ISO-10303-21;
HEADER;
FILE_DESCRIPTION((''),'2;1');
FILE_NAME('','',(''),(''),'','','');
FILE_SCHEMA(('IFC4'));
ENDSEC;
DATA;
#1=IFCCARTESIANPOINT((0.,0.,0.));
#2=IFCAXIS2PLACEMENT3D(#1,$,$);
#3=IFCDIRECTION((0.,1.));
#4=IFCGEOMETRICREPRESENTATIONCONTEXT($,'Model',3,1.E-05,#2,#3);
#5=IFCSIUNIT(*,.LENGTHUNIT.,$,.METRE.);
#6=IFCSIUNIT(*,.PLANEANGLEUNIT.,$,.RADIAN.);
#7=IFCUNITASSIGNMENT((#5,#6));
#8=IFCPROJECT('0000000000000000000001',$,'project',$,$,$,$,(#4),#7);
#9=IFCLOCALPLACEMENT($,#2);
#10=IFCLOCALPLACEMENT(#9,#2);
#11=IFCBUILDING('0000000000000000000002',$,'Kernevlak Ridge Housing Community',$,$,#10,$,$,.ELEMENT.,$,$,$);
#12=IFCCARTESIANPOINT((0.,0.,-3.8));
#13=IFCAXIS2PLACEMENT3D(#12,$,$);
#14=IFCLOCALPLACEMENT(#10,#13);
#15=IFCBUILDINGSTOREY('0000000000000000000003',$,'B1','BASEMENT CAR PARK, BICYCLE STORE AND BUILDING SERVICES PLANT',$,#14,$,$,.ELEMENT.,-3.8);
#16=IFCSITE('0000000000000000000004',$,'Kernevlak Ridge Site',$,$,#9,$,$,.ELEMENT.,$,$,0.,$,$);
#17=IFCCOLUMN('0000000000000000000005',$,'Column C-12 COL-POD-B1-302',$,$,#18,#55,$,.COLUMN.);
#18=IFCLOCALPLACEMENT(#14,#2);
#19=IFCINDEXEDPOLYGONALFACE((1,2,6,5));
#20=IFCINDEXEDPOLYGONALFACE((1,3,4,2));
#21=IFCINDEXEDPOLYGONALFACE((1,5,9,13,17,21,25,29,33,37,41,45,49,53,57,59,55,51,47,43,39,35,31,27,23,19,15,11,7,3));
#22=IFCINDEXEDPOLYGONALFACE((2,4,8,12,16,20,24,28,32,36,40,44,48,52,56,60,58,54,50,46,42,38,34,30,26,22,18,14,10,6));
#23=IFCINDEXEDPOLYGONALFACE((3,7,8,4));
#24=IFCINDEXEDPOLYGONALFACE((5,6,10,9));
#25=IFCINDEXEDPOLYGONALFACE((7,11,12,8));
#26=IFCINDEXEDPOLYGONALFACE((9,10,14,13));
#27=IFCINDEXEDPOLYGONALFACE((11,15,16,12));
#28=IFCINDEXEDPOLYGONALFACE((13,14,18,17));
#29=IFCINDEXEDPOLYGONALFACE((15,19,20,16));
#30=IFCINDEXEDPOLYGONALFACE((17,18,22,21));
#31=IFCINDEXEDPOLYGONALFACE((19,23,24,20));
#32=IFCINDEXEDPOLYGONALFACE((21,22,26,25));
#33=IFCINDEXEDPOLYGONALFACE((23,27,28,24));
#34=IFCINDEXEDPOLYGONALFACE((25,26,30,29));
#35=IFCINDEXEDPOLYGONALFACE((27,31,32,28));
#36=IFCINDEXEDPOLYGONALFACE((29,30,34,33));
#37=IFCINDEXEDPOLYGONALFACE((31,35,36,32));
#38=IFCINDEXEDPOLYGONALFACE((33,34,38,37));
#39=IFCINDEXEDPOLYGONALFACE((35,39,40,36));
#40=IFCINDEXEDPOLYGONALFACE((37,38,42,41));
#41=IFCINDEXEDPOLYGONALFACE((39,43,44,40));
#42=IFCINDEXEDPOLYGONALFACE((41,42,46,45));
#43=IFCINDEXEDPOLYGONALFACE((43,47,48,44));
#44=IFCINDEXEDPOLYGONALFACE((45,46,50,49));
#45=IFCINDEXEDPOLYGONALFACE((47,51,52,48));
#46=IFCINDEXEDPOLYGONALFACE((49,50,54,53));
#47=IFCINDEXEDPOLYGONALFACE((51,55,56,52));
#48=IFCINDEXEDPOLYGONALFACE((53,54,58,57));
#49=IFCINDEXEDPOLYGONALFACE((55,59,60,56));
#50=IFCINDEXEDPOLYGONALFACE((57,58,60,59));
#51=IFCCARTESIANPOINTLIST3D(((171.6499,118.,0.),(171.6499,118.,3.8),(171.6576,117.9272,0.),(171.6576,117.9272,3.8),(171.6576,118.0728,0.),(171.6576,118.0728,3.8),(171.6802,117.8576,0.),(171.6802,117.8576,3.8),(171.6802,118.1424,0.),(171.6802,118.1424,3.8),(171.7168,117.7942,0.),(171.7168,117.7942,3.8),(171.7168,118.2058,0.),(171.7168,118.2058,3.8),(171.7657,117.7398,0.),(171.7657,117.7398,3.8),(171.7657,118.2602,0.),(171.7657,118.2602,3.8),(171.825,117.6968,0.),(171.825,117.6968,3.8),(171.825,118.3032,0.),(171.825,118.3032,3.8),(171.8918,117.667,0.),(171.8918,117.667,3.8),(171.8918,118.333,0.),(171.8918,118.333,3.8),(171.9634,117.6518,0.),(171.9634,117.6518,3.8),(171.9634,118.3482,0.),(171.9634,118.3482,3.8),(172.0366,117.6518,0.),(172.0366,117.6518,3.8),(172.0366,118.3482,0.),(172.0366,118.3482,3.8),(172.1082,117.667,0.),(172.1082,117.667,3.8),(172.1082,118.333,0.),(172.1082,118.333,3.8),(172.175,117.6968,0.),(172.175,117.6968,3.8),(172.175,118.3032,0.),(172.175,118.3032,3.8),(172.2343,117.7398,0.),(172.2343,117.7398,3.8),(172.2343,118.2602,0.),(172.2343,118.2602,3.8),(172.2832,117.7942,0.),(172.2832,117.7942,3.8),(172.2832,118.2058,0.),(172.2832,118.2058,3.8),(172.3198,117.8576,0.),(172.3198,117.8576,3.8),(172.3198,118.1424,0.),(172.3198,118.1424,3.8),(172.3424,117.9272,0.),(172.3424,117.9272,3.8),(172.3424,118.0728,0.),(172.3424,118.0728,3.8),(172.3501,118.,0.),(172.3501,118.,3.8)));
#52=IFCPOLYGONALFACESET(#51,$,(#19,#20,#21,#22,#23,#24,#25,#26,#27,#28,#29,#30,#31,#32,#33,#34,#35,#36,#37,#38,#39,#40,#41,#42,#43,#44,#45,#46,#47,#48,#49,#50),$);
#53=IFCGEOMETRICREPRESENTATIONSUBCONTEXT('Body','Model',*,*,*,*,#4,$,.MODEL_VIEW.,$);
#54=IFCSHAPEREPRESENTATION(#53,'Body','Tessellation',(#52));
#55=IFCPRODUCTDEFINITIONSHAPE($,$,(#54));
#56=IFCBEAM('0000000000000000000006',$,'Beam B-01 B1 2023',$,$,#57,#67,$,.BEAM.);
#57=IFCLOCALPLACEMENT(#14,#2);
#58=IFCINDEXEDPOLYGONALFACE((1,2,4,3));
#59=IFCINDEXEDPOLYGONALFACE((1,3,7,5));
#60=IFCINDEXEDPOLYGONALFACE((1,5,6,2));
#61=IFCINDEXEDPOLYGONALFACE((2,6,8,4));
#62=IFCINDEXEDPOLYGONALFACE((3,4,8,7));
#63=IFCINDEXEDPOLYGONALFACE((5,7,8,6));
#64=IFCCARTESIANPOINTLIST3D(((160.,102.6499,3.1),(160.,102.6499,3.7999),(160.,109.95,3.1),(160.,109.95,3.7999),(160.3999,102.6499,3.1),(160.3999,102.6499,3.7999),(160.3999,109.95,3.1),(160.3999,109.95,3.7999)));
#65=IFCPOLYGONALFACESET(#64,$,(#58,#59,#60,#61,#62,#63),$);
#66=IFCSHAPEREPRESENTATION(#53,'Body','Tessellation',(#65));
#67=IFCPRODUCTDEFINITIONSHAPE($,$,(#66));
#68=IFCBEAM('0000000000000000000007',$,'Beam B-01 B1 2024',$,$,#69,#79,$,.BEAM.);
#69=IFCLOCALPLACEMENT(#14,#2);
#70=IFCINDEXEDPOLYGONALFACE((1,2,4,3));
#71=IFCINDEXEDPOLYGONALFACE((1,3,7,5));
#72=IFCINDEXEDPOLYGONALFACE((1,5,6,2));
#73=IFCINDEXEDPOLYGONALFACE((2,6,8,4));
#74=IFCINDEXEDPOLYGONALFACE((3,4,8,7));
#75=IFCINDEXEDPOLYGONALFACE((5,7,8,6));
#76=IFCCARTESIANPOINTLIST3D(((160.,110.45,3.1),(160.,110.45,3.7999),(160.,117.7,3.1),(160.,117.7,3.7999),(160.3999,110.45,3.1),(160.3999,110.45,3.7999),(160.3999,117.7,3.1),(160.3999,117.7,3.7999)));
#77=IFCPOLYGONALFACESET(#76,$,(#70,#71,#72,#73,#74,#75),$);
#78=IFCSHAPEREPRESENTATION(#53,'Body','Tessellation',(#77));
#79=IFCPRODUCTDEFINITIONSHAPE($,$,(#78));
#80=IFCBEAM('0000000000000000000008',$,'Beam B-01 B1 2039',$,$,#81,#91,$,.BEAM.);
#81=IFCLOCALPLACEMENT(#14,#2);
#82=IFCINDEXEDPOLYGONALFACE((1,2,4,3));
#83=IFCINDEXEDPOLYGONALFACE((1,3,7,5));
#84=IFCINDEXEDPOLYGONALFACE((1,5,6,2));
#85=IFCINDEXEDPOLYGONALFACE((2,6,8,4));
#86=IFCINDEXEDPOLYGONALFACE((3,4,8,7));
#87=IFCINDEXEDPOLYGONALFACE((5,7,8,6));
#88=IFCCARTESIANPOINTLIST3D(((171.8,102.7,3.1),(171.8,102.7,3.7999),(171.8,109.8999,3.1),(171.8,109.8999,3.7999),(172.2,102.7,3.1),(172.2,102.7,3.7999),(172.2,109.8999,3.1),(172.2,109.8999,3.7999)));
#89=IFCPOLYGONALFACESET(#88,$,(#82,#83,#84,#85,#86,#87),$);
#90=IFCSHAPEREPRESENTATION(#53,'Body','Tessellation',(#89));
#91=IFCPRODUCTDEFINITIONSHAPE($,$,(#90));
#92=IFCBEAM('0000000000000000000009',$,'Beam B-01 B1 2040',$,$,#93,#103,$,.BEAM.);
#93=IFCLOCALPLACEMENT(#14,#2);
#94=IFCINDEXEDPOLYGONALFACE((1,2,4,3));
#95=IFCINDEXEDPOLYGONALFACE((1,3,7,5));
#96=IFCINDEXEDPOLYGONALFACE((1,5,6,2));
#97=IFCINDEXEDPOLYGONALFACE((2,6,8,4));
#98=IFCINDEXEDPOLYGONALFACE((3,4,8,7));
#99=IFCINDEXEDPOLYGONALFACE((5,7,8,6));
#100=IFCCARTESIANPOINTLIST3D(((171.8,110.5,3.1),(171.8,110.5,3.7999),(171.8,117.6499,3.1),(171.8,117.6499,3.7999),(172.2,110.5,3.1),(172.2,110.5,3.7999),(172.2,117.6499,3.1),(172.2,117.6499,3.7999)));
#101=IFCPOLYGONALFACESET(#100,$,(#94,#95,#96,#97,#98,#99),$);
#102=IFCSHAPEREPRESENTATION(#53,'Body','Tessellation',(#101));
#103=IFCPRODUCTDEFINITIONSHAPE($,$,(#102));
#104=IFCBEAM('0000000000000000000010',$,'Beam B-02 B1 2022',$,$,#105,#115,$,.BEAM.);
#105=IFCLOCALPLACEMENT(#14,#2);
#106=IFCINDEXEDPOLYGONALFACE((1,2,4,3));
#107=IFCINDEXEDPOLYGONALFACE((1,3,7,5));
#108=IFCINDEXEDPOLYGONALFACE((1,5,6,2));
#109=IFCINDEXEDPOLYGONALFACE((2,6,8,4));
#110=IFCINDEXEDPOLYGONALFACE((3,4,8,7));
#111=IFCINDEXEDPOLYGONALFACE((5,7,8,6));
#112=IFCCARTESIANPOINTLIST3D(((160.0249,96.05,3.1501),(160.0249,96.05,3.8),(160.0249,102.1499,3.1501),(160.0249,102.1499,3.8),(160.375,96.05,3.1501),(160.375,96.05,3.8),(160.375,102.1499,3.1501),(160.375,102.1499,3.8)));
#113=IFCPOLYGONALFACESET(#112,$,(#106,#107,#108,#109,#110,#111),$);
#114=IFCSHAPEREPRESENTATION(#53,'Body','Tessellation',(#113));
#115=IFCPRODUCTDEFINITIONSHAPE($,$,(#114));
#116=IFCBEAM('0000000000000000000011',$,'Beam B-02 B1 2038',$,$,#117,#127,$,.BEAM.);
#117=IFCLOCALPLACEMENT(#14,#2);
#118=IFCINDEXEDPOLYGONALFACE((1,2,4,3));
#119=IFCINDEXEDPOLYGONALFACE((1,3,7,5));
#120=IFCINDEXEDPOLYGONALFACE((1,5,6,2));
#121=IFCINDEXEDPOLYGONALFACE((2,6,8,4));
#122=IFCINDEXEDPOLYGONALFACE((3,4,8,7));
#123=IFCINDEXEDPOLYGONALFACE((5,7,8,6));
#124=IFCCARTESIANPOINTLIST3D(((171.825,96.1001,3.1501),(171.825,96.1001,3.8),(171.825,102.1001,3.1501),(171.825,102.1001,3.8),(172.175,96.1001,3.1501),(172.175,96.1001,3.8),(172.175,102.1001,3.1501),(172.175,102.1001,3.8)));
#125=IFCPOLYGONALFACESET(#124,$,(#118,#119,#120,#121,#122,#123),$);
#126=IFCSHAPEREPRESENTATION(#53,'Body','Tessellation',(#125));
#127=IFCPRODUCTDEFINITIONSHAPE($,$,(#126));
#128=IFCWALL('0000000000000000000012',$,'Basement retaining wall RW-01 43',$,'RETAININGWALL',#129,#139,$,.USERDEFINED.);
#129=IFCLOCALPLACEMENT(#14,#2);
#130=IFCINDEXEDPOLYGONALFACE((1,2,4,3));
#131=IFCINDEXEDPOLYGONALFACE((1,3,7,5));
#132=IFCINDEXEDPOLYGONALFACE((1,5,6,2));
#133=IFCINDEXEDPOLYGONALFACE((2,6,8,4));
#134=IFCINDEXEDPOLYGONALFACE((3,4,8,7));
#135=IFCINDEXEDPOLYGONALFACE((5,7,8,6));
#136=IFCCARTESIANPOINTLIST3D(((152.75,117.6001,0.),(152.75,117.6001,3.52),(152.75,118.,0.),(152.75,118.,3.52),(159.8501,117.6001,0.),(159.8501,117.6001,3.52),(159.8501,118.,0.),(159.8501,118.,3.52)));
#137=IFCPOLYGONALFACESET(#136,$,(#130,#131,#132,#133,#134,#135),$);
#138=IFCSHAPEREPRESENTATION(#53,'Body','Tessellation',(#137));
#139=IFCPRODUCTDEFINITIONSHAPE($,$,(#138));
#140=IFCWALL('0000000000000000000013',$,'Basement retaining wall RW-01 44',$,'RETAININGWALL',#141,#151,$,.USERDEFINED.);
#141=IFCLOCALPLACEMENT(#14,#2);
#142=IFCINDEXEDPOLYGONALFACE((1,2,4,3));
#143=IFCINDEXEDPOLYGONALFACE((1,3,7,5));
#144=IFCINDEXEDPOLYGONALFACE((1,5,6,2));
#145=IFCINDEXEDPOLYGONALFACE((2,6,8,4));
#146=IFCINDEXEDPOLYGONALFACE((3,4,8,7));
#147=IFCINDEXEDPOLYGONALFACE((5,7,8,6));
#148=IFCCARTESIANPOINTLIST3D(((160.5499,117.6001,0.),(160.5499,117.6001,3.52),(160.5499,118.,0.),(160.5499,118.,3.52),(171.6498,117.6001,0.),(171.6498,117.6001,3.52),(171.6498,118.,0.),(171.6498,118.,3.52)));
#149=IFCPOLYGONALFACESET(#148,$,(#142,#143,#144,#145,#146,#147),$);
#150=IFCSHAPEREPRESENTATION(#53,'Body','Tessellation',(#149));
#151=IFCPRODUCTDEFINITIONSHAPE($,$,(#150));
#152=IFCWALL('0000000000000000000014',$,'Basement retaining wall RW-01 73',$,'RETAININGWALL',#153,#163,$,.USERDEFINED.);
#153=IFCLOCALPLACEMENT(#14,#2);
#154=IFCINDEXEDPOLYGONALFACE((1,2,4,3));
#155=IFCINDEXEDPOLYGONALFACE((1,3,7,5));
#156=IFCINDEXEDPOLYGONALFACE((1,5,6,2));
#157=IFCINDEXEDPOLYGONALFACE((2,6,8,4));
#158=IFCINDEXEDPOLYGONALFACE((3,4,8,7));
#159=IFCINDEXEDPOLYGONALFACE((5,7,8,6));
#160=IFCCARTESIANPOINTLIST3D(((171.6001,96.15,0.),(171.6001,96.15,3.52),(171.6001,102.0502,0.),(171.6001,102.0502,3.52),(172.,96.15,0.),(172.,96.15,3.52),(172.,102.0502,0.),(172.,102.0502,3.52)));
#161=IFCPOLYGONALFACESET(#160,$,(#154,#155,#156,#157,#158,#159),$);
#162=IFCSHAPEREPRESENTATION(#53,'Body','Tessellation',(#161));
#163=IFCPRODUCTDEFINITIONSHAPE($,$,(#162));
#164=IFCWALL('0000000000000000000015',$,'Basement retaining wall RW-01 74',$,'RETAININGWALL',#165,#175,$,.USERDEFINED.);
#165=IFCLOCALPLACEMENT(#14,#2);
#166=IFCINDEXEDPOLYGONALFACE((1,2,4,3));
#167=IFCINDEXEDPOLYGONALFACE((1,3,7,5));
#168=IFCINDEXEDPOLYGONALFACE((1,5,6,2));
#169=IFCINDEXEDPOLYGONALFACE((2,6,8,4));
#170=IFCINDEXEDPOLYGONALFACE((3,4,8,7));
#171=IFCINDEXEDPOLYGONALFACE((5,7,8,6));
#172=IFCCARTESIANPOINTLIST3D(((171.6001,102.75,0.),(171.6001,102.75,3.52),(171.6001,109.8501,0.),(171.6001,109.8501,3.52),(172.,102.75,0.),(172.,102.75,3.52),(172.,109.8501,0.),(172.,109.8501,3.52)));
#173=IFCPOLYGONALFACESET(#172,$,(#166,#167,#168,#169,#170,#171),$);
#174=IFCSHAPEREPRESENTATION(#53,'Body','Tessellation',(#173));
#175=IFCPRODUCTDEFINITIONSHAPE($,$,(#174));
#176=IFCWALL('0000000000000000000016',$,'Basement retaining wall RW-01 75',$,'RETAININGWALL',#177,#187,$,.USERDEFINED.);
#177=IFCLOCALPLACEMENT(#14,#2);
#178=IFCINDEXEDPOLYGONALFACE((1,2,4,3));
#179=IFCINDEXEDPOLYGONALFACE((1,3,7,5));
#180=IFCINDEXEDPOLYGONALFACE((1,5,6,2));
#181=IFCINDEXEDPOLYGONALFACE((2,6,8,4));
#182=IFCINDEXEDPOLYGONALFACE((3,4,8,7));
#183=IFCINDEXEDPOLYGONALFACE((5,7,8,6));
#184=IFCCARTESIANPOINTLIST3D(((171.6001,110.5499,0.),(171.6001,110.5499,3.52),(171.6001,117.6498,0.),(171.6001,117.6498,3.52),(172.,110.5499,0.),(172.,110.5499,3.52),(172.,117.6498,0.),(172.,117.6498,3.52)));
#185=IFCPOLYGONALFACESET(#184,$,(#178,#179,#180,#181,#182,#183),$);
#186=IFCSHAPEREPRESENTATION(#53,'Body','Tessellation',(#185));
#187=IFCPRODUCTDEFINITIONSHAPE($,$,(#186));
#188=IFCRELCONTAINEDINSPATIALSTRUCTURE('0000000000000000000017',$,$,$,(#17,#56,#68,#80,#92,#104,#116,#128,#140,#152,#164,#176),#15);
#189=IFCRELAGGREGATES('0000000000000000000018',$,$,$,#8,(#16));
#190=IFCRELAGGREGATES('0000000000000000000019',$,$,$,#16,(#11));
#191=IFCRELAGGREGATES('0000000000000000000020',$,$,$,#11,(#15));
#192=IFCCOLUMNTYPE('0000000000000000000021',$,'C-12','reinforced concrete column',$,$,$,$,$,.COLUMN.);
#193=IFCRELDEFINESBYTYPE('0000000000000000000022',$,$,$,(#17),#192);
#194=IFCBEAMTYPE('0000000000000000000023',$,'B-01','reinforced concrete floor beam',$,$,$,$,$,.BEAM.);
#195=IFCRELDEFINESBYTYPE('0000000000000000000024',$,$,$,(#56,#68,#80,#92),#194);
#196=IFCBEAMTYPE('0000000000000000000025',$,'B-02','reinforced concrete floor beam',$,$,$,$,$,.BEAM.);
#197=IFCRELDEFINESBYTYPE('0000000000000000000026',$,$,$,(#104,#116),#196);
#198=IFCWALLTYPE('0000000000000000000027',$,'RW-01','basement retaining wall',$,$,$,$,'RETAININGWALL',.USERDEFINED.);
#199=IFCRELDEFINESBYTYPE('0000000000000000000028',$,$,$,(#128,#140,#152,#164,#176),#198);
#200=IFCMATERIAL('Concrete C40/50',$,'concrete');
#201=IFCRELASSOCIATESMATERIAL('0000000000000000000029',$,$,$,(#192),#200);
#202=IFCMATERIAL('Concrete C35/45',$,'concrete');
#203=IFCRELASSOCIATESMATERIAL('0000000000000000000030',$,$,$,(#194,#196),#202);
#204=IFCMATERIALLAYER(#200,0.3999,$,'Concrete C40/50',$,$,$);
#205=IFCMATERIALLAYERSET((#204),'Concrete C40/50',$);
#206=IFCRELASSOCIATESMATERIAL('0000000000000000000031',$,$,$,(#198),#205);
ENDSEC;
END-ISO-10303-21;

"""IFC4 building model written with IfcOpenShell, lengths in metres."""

from ifc_helpers import new_model, si_unit, direction, frame, frame_2d, origin, origin_2d, place, context, subcontext, project, spatial, rectangle, circle, extrude, material, layer, layer_set, material_profile, profile_set, type_object, element, save


model = new_model("IFC4")

# Units and contexts
model_context = context("Model", 3, precision=1e-05, world=origin(), true_north=direction((0.0, 1.0)))
body_context = subcontext(model_context, "Body", "Model", "MODEL_VIEW")
ifc_project = project(units=[si_unit("LENGTHUNIT", "METRE"), si_unit("PLANEANGLEUNIT", "RADIAN")], contexts=[model_context])

# Site, building, storey
site_placement = place(None, origin())
site = spatial("IfcSite", under=ifc_project, at=site_placement, Name="Kernevlak Ridge Site", CompositionType="ELEMENT", RefElevation=0.0)
building_placement = place(site_placement, origin())
building = spatial("IfcBuilding", under=site, at=building_placement, Name="Kernevlak Ridge Housing Community", CompositionType="ELEMENT")
storey_placement = place(building_placement, frame((0.0, 0.0, -3.8)))
storey = spatial("IfcBuildingStorey", under=building, at=storey_placement, Name="B1", Description="BASEMENT CAR PARK, BICYCLE STORE AND BUILDING SERVICES PLANT", CompositionType="ELEMENT", Elevation=-3.8)

# Shared definitions
ifc_material_1 = material(Name="Concrete C35/45", Category="concrete")

# Column
ifc_material_2 = material(Name="Concrete C40/50", Category="concrete")
ifc_material_profile_1 = material_profile(ifc_material_2, circle(Radius=0.3501, at=origin_2d()), Name="RC D700")
ifc_profile_set_1 = profile_set([ifc_material_profile_1], Name="Concrete C40/50")
column_type_1 = type_object("IfcColumnType", Name="C-12", Description="reinforced concrete column", PredefinedType="COLUMN", material=ifc_profile_set_1)
column_placement = place(storey_placement, frame((172.0, 118.0, 0.0), z_axis=(0.0, 0.0, 1.0), x_axis=(1.0, 0.0, 0.0)))
element("IfcColumn", 1, at=column_placement, inside=storey, type_object=column_type_1, Name="Column C-12 COL-POD-B1-302", PredefinedType="COLUMN", context=body_context, shape_type="SweptSolid", body=[
    extrude(circle(Radius=0.3501, at=origin_2d()), origin(), (0.0, 0.0, 1.0), 3.8),
])

# Beams
ifc_material_profile_2 = material_profile(ifc_material_1, rectangle(XDim=0.3999, YDim=0.7, at=origin_2d()), Name="RC 400x700")
ifc_profile_set_2 = profile_set([ifc_material_profile_2], Name="Concrete C35/45")
beam_type_1 = type_object("IfcBeamType", Name="B-01", Description="reinforced concrete floor beam", PredefinedType="BEAM", material=ifc_profile_set_2)
beam_1_placement = place(storey_placement, frame((160.2, 102.6499, 3.45), z_axis=(0.0, 1.0, 0.0), x_axis=(-1.0, 0.0, 0.0)))
element("IfcBeam", 2, at=beam_1_placement, inside=storey, type_object=beam_type_1, Name="Beam B-01 B1 2023", PredefinedType="BEAM", context=body_context, shape_type="SweptSolid", body=[
    extrude(rectangle(XDim=0.3999, YDim=0.7, at=origin_2d()), origin(), (0.0, 0.0, 1.0), 7.3),
])
beam_2_placement = place(storey_placement, frame((160.2, 110.45, 3.45), z_axis=(0.0, 1.0, 0.0), x_axis=(-1.0, 0.0, 0.0)))
element("IfcBeam", 3, at=beam_2_placement, inside=storey, type_object=beam_type_1, Name="Beam B-01 B1 2024", PredefinedType="BEAM", context=body_context, shape_type="SweptSolid", body=[
    extrude(rectangle(XDim=0.3999, YDim=0.7, at=origin_2d()), origin(), (0.0, 0.0, 1.0), 7.25),
])
beam_3_placement = place(storey_placement, frame((172.0, 102.7, 3.45), z_axis=(0.0, 1.0, 0.0), x_axis=(-1.0, 0.0, 0.0)))
element("IfcBeam", 4, at=beam_3_placement, inside=storey, type_object=beam_type_1, Name="Beam B-01 B1 2039", PredefinedType="BEAM", context=body_context, shape_type="SweptSolid", body=[
    extrude(rectangle(XDim=0.3999, YDim=0.7, at=origin_2d()), origin(), (0.0, 0.0, 1.0), 7.2),
])
beam_4_placement = place(storey_placement, frame((172.0, 110.5, 3.45), z_axis=(0.0, 1.0, 0.0), x_axis=(-1.0, 0.0, 0.0)))
element("IfcBeam", 5, at=beam_4_placement, inside=storey, type_object=beam_type_1, Name="Beam B-01 B1 2040", PredefinedType="BEAM", context=body_context, shape_type="SweptSolid", body=[
    extrude(rectangle(XDim=0.3999, YDim=0.7, at=origin_2d()), origin(), (0.0, 0.0, 1.0), 7.1499),
])
ifc_material_profile_3 = material_profile(ifc_material_1, rectangle(XDim=0.3501, YDim=0.6499, at=origin_2d()), Name="RC 350x650")
ifc_profile_set_3 = profile_set([ifc_material_profile_3], Name="Concrete C35/45")
beam_type_2 = type_object("IfcBeamType", Name="B-02", Description="reinforced concrete floor beam", PredefinedType="BEAM", material=ifc_profile_set_3)
beam_5_placement = place(storey_placement, frame((160.2, 96.05, 3.4751), z_axis=(0.0, 1.0, 0.0), x_axis=(-1.0, 0.0, 0.0)))
element("IfcBeam", 6, at=beam_5_placement, inside=storey, type_object=beam_type_2, Name="Beam B-02 B1 2022", PredefinedType="BEAM", context=body_context, shape_type="SweptSolid", body=[
    extrude(rectangle(XDim=0.3501, YDim=0.6499, at=origin_2d()), origin(), (0.0, 0.0, 1.0), 6.0999),
])
beam_6_placement = place(storey_placement, frame((172.0, 96.1001, 3.4751), z_axis=(0.0, 1.0, 0.0), x_axis=(-1.0, 0.0, 0.0)))
element("IfcBeam", 7, at=beam_6_placement, inside=storey, type_object=beam_type_2, Name="Beam B-02 B1 2038", PredefinedType="BEAM", context=body_context, shape_type="SweptSolid", body=[
    extrude(rectangle(XDim=0.3501, YDim=0.6499, at=origin_2d()), origin(), (0.0, 0.0, 1.0), 6.0),
])

# Walls
ifc_layer = layer(ifc_material_2, 0.3999, Name="Concrete C40/50")
ifc_layer_set = layer_set([ifc_layer], Name="Concrete C40/50")
wall_type = type_object("IfcWallType", Name="RW-01", Description="basement retaining wall", ElementType="RETAININGWALL", PredefinedType="USERDEFINED", material=ifc_layer_set)
wall_1_placement = place(storey_placement, frame((152.75, 117.8, 0.0), z_axis=(0.0, 0.0, 1.0), x_axis=(1.0, 0.0, 0.0)))
element("IfcWall", 8, at=wall_1_placement, inside=storey, type_object=wall_type, Name="Basement retaining wall RW-01 43", ObjectType="RETAININGWALL", PredefinedType="USERDEFINED", context=body_context, shape_type="SweptSolid", body=[
    extrude(rectangle(XDim=7.1001, YDim=0.3999, at=frame_2d((3.55, 0.0))), origin(), (0.0, 0.0, 1.0), 3.52),
])
wall_2_placement = place(storey_placement, frame((160.55, 117.8, 0.0), z_axis=(0.0, 0.0, 1.0), x_axis=(1.0, 0.0, 0.0)))
element("IfcWall", 9, at=wall_2_placement, inside=storey, type_object=wall_type, Name="Basement retaining wall RW-01 44", ObjectType="RETAININGWALL", PredefinedType="USERDEFINED", context=body_context, shape_type="SweptSolid", body=[
    extrude(rectangle(XDim=11.0999, YDim=0.3999, at=frame_2d((5.5498, 0.0))), origin(), (0.0, 0.0, 1.0), 3.52),
])
wall_3_placement = place(storey_placement, frame((171.8, 96.1499, 0.0), z_axis=(0.0, 0.0, 1.0), x_axis=(0.0, 1.0, 0.0)))
element("IfcWall", 10, at=wall_3_placement, inside=storey, type_object=wall_type, Name="Basement retaining wall RW-01 73", ObjectType="RETAININGWALL", PredefinedType="USERDEFINED", context=body_context, shape_type="SweptSolid", body=[
    extrude(rectangle(XDim=5.9001, YDim=0.3999, at=frame_2d((2.9502, 0.0))), origin(), (0.0, 0.0, 1.0), 3.52),
])
wall_4_placement = place(storey_placement, frame((171.8, 102.75, 0.0), z_axis=(0.0, 0.0, 1.0), x_axis=(0.0, 1.0, 0.0)))
element("IfcWall", 11, at=wall_4_placement, inside=storey, type_object=wall_type, Name="Basement retaining wall RW-01 74", ObjectType="RETAININGWALL", PredefinedType="USERDEFINED", context=body_context, shape_type="SweptSolid", body=[
    extrude(rectangle(XDim=7.1001, YDim=0.3999, at=frame_2d((3.55, 0.0))), origin(), (0.0, 0.0, 1.0), 3.52),
])
wall_5_placement = place(storey_placement, frame((171.8, 110.55, 0.0), z_axis=(0.0, 0.0, 1.0), x_axis=(0.0, 1.0, 0.0)))
element("IfcWall", 12, at=wall_5_placement, inside=storey, type_object=wall_type, Name="Basement retaining wall RW-01 75", ObjectType="RETAININGWALL", PredefinedType="USERDEFINED", context=body_context, shape_type="SweptSolid", body=[
    extrude(rectangle(XDim=7.0999, YDim=0.3999, at=frame_2d((3.5498, 0.0))), origin(), (0.0, 0.0, 1.0), 3.52),
])

save(model, "model.ifc")
